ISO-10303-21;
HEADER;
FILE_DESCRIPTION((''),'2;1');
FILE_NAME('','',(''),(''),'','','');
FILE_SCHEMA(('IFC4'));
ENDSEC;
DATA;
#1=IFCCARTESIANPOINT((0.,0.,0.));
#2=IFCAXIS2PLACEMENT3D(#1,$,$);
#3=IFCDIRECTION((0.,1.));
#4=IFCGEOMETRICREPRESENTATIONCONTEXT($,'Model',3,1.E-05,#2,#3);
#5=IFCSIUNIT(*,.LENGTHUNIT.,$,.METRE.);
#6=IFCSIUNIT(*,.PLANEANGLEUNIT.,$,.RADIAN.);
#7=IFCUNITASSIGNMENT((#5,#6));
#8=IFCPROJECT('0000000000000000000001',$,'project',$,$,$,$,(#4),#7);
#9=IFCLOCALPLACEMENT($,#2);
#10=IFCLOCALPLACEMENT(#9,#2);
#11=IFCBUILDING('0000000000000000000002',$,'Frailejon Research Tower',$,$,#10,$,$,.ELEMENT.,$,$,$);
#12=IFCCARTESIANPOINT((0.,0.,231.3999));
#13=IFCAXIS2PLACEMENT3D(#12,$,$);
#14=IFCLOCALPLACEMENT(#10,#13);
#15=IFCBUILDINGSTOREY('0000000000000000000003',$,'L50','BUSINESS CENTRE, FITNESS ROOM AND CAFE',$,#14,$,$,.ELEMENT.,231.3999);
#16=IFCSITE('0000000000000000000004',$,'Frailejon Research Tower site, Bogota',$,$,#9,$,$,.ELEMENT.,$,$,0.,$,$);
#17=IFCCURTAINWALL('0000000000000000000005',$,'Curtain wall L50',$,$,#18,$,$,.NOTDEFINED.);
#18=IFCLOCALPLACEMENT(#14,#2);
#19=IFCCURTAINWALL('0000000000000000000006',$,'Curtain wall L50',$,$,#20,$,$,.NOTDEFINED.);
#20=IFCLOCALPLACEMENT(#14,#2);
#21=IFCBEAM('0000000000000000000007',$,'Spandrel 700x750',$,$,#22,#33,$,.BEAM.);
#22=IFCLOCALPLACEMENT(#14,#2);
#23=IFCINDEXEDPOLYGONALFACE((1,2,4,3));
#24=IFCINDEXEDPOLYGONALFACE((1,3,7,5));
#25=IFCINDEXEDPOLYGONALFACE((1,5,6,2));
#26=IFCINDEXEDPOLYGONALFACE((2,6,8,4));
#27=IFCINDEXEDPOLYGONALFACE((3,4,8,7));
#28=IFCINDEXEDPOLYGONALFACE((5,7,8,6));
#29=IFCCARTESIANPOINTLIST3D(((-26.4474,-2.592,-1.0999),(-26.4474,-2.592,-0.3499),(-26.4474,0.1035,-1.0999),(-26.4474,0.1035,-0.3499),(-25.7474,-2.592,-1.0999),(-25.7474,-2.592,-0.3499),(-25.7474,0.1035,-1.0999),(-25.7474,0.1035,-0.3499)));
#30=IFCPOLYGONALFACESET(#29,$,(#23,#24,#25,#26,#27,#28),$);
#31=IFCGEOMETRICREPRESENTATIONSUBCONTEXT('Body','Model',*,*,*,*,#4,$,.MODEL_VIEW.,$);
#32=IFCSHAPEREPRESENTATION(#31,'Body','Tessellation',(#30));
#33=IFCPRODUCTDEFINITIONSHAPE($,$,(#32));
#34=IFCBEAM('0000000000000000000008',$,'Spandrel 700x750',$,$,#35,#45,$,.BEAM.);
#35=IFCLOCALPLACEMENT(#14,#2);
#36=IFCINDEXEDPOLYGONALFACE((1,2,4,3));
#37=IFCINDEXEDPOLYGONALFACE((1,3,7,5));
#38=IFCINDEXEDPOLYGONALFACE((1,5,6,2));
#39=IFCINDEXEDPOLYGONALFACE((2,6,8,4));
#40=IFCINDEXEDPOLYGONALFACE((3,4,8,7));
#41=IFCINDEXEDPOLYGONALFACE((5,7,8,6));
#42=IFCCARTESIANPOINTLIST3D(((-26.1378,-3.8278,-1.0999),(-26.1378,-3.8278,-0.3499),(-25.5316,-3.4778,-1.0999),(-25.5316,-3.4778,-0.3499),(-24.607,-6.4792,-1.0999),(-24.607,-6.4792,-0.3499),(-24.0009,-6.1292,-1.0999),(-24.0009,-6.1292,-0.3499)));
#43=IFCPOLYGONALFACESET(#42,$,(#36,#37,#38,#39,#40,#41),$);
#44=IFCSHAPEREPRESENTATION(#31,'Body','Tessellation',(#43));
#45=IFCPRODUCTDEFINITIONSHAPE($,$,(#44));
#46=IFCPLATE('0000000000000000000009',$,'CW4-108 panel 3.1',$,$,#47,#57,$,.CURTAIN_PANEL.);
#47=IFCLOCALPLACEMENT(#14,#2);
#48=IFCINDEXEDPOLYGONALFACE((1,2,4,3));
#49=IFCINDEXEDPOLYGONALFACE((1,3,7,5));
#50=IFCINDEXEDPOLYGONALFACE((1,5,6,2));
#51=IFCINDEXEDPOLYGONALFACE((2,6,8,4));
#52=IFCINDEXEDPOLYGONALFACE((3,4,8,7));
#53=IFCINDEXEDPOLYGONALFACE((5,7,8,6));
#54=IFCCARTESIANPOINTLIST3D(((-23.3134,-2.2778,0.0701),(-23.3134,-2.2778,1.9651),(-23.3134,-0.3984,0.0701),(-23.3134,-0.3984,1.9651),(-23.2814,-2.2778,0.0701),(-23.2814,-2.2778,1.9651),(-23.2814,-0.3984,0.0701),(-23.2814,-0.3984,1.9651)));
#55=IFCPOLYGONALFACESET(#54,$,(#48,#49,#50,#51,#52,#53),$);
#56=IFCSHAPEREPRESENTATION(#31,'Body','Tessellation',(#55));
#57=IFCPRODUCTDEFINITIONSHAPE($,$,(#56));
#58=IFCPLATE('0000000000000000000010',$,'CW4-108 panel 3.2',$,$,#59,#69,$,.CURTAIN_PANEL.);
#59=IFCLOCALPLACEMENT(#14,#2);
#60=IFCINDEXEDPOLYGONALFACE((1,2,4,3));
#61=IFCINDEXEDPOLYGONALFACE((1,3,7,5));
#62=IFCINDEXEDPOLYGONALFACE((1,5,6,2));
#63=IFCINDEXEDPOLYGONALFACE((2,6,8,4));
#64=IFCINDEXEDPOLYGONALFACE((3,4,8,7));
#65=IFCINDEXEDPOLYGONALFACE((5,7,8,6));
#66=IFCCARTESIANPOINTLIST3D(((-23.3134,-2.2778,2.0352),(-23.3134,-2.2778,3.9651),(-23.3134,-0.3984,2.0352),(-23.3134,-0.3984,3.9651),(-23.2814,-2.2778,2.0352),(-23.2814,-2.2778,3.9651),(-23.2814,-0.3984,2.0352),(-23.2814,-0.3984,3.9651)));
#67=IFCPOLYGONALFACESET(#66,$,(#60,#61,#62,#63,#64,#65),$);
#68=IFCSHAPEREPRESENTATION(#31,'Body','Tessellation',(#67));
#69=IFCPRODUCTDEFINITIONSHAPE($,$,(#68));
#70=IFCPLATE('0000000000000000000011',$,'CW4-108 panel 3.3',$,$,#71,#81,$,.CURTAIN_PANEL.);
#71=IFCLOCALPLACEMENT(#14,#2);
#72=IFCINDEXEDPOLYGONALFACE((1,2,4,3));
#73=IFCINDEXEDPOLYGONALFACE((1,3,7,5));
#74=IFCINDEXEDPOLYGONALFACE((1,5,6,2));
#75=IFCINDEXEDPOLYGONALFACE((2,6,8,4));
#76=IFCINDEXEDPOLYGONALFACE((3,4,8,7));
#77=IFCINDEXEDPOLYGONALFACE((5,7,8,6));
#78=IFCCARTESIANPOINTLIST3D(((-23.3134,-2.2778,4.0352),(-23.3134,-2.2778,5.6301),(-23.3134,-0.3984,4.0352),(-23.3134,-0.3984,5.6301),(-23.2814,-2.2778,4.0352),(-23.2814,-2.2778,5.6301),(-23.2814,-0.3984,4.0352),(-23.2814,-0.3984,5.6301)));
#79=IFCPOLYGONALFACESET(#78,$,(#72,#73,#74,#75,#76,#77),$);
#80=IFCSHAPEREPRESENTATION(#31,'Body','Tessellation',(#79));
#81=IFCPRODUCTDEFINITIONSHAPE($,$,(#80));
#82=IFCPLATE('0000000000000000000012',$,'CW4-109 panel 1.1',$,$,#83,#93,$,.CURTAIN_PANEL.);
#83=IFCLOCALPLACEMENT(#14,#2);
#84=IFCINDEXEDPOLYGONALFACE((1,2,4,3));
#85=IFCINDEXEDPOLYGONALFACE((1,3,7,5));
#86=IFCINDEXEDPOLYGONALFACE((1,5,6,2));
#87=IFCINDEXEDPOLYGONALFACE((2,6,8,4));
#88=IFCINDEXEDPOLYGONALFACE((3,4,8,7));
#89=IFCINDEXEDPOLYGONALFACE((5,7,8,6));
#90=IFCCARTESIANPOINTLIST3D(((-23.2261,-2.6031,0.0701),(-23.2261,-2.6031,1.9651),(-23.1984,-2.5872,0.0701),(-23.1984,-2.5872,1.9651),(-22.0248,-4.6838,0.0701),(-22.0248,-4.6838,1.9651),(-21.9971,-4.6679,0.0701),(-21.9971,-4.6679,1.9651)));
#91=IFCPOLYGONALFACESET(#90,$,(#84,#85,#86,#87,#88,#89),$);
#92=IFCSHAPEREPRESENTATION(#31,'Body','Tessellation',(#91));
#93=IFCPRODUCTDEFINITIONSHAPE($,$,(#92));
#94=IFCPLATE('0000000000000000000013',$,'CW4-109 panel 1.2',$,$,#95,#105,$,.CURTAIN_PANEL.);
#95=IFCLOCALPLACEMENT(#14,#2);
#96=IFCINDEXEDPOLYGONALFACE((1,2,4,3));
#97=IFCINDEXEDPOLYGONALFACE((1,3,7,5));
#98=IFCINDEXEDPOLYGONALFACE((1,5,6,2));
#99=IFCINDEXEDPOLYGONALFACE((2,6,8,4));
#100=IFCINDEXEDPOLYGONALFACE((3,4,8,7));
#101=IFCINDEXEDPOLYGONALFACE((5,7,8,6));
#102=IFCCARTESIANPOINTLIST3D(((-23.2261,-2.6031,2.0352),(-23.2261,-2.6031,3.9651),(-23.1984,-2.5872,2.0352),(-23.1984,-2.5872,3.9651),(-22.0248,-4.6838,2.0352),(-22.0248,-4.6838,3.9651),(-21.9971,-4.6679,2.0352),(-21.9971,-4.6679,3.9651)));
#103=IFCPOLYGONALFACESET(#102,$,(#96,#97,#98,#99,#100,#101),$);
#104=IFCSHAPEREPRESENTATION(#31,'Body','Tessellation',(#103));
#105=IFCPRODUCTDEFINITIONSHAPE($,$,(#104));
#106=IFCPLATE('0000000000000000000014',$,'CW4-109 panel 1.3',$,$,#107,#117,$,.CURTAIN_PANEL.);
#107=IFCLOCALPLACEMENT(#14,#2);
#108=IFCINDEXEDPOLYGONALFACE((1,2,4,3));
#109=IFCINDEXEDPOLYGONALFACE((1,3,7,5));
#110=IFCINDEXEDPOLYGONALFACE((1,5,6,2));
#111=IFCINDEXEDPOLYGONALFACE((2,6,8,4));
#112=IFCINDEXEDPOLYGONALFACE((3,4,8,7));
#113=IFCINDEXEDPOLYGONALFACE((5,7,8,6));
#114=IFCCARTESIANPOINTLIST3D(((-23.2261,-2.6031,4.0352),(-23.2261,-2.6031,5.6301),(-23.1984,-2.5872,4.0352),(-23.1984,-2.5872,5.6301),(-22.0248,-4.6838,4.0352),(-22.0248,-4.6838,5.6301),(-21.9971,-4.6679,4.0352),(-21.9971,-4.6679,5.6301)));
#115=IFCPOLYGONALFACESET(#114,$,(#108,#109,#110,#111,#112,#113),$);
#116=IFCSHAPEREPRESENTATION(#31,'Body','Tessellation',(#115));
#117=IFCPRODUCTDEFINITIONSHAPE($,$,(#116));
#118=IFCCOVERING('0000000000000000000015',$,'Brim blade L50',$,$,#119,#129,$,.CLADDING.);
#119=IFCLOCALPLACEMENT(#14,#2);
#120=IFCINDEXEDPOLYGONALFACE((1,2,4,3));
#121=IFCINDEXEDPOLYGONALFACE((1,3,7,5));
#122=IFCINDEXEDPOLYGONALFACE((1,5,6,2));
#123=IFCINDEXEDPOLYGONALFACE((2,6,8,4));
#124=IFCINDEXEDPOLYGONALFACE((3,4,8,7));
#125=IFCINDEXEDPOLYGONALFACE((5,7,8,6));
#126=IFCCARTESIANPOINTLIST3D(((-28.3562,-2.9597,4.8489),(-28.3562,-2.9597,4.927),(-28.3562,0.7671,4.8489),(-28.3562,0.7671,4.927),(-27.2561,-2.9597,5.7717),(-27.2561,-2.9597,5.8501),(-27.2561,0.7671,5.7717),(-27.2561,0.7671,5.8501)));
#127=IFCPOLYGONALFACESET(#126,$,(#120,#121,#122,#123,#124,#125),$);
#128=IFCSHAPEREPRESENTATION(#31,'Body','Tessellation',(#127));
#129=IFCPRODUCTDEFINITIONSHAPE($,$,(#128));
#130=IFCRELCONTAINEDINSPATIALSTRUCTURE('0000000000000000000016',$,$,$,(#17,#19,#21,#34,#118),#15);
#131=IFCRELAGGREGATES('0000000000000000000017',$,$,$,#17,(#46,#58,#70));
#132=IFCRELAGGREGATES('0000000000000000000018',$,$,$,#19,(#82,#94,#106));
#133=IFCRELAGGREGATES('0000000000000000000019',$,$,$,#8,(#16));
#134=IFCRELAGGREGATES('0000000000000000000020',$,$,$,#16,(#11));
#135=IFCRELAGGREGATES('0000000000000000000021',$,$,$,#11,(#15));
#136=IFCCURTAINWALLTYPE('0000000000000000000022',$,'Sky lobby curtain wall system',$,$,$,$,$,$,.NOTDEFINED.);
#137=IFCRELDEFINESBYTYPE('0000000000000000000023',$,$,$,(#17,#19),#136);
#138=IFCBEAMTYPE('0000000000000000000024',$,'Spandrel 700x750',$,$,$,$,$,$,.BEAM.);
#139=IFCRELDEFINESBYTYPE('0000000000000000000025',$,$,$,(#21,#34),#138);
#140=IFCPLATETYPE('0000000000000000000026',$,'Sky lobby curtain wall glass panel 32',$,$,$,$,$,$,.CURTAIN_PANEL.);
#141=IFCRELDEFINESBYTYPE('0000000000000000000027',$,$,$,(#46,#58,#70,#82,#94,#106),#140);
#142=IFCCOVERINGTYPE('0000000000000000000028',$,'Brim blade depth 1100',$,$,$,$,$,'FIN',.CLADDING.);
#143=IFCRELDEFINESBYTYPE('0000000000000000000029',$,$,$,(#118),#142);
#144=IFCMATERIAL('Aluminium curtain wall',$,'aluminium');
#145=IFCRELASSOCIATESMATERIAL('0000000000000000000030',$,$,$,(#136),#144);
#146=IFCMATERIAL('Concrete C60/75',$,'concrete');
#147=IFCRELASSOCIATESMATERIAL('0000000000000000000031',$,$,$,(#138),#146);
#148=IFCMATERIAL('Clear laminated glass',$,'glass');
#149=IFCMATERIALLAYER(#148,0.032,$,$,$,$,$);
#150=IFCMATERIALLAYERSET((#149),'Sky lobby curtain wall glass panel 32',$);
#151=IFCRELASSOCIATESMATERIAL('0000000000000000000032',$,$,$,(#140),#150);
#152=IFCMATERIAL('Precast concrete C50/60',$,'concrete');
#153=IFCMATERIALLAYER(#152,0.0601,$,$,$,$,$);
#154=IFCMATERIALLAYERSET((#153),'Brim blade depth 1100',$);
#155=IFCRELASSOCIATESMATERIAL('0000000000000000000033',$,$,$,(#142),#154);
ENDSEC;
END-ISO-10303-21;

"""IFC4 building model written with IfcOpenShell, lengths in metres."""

from ifc_helpers import new_model, si_unit, direction, frame, origin, origin_2d, place, context, subcontext, project, spatial, polyline, rectangle, outline, extrude, material, layer, layer_set, material_profile, profile_set, type_object, element, aggregate, save


model = new_model("IFC4")

# Units and contexts
model_context = context("Model", 3, precision=1e-05, world=origin(), true_north=direction((0.0, 1.0)))
body_context = subcontext(model_context, "Body", "Model", "MODEL_VIEW")
ifc_project = project(units=[si_unit("LENGTHUNIT", "METRE"), si_unit("PLANEANGLEUNIT", "RADIAN")], contexts=[model_context])

# Site, building, storey
site_placement = place(None, origin())
site = spatial("IfcSite", under=ifc_project, at=site_placement, Name="Frailejon Research Tower site, Bogota", CompositionType="ELEMENT", RefElevation=0.0)
building_placement = place(site_placement, origin())
building = spatial("IfcBuilding", under=site, at=building_placement, Name="Frailejon Research Tower", CompositionType="ELEMENT")
storey_placement = place(building_placement, frame((0.0, 0.0, 231.3999)))
storey = spatial("IfcBuildingStorey", under=building, at=storey_placement, Name="L50", Description="BUSINESS CENTRE, FITNESS ROOM AND CAFE", CompositionType="ELEMENT", Elevation=231.3999)

# Curtain wall
ifc_material_1 = material(Name="Aluminium curtain wall", Category="aluminium")
curtain_wall_type = type_object("IfcCurtainWallType", Name="Sky lobby curtain wall system", PredefinedType="NOTDEFINED", material=ifc_material_1)
curtain_wall_1_placement = place(storey_placement, origin())
curtain_wall_1 = element("IfcCurtainWall", 1, at=curtain_wall_1_placement, inside=storey, type_object=curtain_wall_type, Name="Curtain wall L50", PredefinedType="NOTDEFINED")

# Curtain wall
curtain_wall_2_placement = place(storey_placement, origin())
curtain_wall_2 = element("IfcCurtainWall", 2, at=curtain_wall_2_placement, inside=storey, type_object=curtain_wall_type, Name="Curtain wall L50", PredefinedType="NOTDEFINED")

# Beams
ifc_material_2 = material(Name="Concrete C60/75", Category="concrete")
ifc_material_profile_1 = material_profile(ifc_material_2, rectangle(XDim=0.7, YDim=0.75, at=origin_2d()), Name="Spandrel 700x750")
ifc_profile_set_1 = profile_set([ifc_material_profile_1], Name="Concrete C60/75")
beam_type_1 = type_object("IfcBeamType", Name="Spandrel 700x750", PredefinedType="BEAM", material=ifc_profile_set_1)
beam_1_placement = place(storey_placement, frame((-26.0974, 0.1035, -0.7249), z_axis=(0.0, -1.0, 0.0), x_axis=(1.0, 0.0, 0.0)))
element("IfcBeam", 3, at=beam_1_placement, inside=storey, type_object=beam_type_1, Name="Spandrel 700x750", PredefinedType="BEAM", context=body_context, shape_type="SweptSolid", body=[
    extrude(rectangle(XDim=0.7, YDim=0.75, at=origin_2d()), origin(), (0.0, 0.0, 1.0), 2.6956),
])
beam_2_placement = place(storey_placement, frame((-25.8347, -3.6528, -0.7249), z_axis=(0.499999, -0.866026, 0.0), x_axis=(0.866026, 0.499999, 0.0)))
element("IfcBeam", 4, at=beam_2_placement, inside=storey, type_object=beam_type_1, Name="Spandrel 700x750", PredefinedType="BEAM", context=body_context, shape_type="SweptSolid", body=[
    extrude(rectangle(XDim=0.7, YDim=0.75, at=origin_2d()), origin(), (0.0, 0.0, 1.0), 3.0615),
])

# Plates
ifc_material_3 = material(Name="Clear laminated glass", Category="glass")
ifc_layer_1 = layer(ifc_material_3, 0.032)
ifc_layer_set_1 = layer_set([ifc_layer_1], Name="Sky lobby curtain wall glass panel 32")
plate_type = type_object("IfcPlateType", Name="Sky lobby curtain wall glass panel 32", PredefinedType="CURTAIN_PANEL", material=ifc_layer_set_1)
plate_1_placement = place(storey_placement, frame((-23.2974, -1.3381, 0.0701), z_axis=(0.0, 0.0, 1.0), x_axis=(0.0, -1.0, 0.0)))
plate_1 = element("IfcPlate", 5, at=plate_1_placement, type_object=plate_type, Name="CW4-108 panel 3.1", PredefinedType="CURTAIN_PANEL", context=body_context, shape_type="SweptSolid", body=[
    extrude(rectangle(XDim=1.8794, YDim=0.032, at=origin_2d()), origin(), (0.0, 0.0, 1.0), 1.895),
])
plate_2_placement = place(storey_placement, frame((-23.2974, -1.3381, 2.0352), z_axis=(0.0, 0.0, 1.0), x_axis=(0.0, -1.0, 0.0)))
plate_2 = element("IfcPlate", 6, at=plate_2_placement, type_object=plate_type, Name="CW4-108 panel 3.2", PredefinedType="CURTAIN_PANEL", context=body_context, shape_type="SweptSolid", body=[
    extrude(rectangle(XDim=1.8794, YDim=0.032, at=origin_2d()), origin(), (0.0, 0.0, 1.0), 1.9299),
])
plate_3_placement = place(storey_placement, frame((-23.2974, -1.3381, 4.0352), z_axis=(0.0, 0.0, 1.0), x_axis=(0.0, -1.0, 0.0)))
plate_3 = element("IfcPlate", 7, at=plate_3_placement, type_object=plate_type, Name="CW4-108 panel 3.3", PredefinedType="CURTAIN_PANEL", context=body_context, shape_type="SweptSolid", body=[
    extrude(rectangle(XDim=1.8794, YDim=0.032, at=origin_2d()), origin(), (0.0, 0.0, 1.0), 1.595),
])
aggregate(curtain_wall_1, [plate_1, plate_2, plate_3])
plate_4_placement = place(storey_placement, frame((-22.6116, -3.6355, 0.0701), z_axis=(0.0, 0.0, 1.0), x_axis=(0.500001, -0.866025, 0.0)))
plate_4 = element("IfcPlate", 8, at=plate_4_placement, type_object=plate_type, Name="CW4-109 panel 1.1", PredefinedType="CURTAIN_PANEL", context=body_context, shape_type="SweptSolid", body=[
    extrude(rectangle(XDim=2.4026, YDim=0.032, at=origin_2d()), origin(), (0.0, 0.0, 1.0), 1.895),
])
plate_5_placement = place(storey_placement, frame((-22.6116, -3.6355, 2.0352), z_axis=(0.0, 0.0, 1.0), x_axis=(0.500001, -0.866025, 0.0)))
plate_5 = element("IfcPlate", 9, at=plate_5_placement, type_object=plate_type, Name="CW4-109 panel 1.2", PredefinedType="CURTAIN_PANEL", context=body_context, shape_type="SweptSolid", body=[
    extrude(rectangle(XDim=2.4026, YDim=0.032, at=origin_2d()), origin(), (0.0, 0.0, 1.0), 1.9299),
])
plate_6_placement = place(storey_placement, frame((-22.6116, -3.6355, 4.0352), z_axis=(0.0, 0.0, 1.0), x_axis=(0.500001, -0.866025, 0.0)))
plate_6 = element("IfcPlate", 10, at=plate_6_placement, type_object=plate_type, Name="CW4-109 panel 1.3", PredefinedType="CURTAIN_PANEL", context=body_context, shape_type="SweptSolid", body=[
    extrude(rectangle(XDim=2.4026, YDim=0.032, at=origin_2d()), origin(), (0.0, 0.0, 1.0), 1.595),
])
aggregate(curtain_wall_2, [plate_4, plate_5, plate_6])

# Covering
ifc_material_4 = material(Name="Precast concrete C50/60", Category="concrete")
ifc_layer_2 = layer(ifc_material_4, 0.0601)
ifc_layer_set_2 = layer_set([ifc_layer_2], Name="Brim blade depth 1100")
covering_type = type_object("IfcCoveringType", Name="Brim blade depth 1100", ElementType="FIN", PredefinedType="CLADDING", material=ifc_layer_set_2)
covering_placement = place(storey_placement, frame((-27.2561, -2.9597, 5.8501), z_axis=(0.0, 1.0, 0.0), x_axis=(-1.0, 0.0, 0.0)))
element("IfcCovering", 11, at=covering_placement, inside=storey, type_object=covering_type, Name="Brim blade L50", PredefinedType="CLADDING", context=body_context, shape_type="SweptSolid", body=[
    extrude(outline(polyline([(0.0, -0.0784), (1.1001, -1.0012), (1.1001, -0.9231), (0.0, 0.0), (0.0, -0.0784)])), origin(), (0.0, 0.0, 1.0), 3.7268),
])

save(model, "model.ifc")
